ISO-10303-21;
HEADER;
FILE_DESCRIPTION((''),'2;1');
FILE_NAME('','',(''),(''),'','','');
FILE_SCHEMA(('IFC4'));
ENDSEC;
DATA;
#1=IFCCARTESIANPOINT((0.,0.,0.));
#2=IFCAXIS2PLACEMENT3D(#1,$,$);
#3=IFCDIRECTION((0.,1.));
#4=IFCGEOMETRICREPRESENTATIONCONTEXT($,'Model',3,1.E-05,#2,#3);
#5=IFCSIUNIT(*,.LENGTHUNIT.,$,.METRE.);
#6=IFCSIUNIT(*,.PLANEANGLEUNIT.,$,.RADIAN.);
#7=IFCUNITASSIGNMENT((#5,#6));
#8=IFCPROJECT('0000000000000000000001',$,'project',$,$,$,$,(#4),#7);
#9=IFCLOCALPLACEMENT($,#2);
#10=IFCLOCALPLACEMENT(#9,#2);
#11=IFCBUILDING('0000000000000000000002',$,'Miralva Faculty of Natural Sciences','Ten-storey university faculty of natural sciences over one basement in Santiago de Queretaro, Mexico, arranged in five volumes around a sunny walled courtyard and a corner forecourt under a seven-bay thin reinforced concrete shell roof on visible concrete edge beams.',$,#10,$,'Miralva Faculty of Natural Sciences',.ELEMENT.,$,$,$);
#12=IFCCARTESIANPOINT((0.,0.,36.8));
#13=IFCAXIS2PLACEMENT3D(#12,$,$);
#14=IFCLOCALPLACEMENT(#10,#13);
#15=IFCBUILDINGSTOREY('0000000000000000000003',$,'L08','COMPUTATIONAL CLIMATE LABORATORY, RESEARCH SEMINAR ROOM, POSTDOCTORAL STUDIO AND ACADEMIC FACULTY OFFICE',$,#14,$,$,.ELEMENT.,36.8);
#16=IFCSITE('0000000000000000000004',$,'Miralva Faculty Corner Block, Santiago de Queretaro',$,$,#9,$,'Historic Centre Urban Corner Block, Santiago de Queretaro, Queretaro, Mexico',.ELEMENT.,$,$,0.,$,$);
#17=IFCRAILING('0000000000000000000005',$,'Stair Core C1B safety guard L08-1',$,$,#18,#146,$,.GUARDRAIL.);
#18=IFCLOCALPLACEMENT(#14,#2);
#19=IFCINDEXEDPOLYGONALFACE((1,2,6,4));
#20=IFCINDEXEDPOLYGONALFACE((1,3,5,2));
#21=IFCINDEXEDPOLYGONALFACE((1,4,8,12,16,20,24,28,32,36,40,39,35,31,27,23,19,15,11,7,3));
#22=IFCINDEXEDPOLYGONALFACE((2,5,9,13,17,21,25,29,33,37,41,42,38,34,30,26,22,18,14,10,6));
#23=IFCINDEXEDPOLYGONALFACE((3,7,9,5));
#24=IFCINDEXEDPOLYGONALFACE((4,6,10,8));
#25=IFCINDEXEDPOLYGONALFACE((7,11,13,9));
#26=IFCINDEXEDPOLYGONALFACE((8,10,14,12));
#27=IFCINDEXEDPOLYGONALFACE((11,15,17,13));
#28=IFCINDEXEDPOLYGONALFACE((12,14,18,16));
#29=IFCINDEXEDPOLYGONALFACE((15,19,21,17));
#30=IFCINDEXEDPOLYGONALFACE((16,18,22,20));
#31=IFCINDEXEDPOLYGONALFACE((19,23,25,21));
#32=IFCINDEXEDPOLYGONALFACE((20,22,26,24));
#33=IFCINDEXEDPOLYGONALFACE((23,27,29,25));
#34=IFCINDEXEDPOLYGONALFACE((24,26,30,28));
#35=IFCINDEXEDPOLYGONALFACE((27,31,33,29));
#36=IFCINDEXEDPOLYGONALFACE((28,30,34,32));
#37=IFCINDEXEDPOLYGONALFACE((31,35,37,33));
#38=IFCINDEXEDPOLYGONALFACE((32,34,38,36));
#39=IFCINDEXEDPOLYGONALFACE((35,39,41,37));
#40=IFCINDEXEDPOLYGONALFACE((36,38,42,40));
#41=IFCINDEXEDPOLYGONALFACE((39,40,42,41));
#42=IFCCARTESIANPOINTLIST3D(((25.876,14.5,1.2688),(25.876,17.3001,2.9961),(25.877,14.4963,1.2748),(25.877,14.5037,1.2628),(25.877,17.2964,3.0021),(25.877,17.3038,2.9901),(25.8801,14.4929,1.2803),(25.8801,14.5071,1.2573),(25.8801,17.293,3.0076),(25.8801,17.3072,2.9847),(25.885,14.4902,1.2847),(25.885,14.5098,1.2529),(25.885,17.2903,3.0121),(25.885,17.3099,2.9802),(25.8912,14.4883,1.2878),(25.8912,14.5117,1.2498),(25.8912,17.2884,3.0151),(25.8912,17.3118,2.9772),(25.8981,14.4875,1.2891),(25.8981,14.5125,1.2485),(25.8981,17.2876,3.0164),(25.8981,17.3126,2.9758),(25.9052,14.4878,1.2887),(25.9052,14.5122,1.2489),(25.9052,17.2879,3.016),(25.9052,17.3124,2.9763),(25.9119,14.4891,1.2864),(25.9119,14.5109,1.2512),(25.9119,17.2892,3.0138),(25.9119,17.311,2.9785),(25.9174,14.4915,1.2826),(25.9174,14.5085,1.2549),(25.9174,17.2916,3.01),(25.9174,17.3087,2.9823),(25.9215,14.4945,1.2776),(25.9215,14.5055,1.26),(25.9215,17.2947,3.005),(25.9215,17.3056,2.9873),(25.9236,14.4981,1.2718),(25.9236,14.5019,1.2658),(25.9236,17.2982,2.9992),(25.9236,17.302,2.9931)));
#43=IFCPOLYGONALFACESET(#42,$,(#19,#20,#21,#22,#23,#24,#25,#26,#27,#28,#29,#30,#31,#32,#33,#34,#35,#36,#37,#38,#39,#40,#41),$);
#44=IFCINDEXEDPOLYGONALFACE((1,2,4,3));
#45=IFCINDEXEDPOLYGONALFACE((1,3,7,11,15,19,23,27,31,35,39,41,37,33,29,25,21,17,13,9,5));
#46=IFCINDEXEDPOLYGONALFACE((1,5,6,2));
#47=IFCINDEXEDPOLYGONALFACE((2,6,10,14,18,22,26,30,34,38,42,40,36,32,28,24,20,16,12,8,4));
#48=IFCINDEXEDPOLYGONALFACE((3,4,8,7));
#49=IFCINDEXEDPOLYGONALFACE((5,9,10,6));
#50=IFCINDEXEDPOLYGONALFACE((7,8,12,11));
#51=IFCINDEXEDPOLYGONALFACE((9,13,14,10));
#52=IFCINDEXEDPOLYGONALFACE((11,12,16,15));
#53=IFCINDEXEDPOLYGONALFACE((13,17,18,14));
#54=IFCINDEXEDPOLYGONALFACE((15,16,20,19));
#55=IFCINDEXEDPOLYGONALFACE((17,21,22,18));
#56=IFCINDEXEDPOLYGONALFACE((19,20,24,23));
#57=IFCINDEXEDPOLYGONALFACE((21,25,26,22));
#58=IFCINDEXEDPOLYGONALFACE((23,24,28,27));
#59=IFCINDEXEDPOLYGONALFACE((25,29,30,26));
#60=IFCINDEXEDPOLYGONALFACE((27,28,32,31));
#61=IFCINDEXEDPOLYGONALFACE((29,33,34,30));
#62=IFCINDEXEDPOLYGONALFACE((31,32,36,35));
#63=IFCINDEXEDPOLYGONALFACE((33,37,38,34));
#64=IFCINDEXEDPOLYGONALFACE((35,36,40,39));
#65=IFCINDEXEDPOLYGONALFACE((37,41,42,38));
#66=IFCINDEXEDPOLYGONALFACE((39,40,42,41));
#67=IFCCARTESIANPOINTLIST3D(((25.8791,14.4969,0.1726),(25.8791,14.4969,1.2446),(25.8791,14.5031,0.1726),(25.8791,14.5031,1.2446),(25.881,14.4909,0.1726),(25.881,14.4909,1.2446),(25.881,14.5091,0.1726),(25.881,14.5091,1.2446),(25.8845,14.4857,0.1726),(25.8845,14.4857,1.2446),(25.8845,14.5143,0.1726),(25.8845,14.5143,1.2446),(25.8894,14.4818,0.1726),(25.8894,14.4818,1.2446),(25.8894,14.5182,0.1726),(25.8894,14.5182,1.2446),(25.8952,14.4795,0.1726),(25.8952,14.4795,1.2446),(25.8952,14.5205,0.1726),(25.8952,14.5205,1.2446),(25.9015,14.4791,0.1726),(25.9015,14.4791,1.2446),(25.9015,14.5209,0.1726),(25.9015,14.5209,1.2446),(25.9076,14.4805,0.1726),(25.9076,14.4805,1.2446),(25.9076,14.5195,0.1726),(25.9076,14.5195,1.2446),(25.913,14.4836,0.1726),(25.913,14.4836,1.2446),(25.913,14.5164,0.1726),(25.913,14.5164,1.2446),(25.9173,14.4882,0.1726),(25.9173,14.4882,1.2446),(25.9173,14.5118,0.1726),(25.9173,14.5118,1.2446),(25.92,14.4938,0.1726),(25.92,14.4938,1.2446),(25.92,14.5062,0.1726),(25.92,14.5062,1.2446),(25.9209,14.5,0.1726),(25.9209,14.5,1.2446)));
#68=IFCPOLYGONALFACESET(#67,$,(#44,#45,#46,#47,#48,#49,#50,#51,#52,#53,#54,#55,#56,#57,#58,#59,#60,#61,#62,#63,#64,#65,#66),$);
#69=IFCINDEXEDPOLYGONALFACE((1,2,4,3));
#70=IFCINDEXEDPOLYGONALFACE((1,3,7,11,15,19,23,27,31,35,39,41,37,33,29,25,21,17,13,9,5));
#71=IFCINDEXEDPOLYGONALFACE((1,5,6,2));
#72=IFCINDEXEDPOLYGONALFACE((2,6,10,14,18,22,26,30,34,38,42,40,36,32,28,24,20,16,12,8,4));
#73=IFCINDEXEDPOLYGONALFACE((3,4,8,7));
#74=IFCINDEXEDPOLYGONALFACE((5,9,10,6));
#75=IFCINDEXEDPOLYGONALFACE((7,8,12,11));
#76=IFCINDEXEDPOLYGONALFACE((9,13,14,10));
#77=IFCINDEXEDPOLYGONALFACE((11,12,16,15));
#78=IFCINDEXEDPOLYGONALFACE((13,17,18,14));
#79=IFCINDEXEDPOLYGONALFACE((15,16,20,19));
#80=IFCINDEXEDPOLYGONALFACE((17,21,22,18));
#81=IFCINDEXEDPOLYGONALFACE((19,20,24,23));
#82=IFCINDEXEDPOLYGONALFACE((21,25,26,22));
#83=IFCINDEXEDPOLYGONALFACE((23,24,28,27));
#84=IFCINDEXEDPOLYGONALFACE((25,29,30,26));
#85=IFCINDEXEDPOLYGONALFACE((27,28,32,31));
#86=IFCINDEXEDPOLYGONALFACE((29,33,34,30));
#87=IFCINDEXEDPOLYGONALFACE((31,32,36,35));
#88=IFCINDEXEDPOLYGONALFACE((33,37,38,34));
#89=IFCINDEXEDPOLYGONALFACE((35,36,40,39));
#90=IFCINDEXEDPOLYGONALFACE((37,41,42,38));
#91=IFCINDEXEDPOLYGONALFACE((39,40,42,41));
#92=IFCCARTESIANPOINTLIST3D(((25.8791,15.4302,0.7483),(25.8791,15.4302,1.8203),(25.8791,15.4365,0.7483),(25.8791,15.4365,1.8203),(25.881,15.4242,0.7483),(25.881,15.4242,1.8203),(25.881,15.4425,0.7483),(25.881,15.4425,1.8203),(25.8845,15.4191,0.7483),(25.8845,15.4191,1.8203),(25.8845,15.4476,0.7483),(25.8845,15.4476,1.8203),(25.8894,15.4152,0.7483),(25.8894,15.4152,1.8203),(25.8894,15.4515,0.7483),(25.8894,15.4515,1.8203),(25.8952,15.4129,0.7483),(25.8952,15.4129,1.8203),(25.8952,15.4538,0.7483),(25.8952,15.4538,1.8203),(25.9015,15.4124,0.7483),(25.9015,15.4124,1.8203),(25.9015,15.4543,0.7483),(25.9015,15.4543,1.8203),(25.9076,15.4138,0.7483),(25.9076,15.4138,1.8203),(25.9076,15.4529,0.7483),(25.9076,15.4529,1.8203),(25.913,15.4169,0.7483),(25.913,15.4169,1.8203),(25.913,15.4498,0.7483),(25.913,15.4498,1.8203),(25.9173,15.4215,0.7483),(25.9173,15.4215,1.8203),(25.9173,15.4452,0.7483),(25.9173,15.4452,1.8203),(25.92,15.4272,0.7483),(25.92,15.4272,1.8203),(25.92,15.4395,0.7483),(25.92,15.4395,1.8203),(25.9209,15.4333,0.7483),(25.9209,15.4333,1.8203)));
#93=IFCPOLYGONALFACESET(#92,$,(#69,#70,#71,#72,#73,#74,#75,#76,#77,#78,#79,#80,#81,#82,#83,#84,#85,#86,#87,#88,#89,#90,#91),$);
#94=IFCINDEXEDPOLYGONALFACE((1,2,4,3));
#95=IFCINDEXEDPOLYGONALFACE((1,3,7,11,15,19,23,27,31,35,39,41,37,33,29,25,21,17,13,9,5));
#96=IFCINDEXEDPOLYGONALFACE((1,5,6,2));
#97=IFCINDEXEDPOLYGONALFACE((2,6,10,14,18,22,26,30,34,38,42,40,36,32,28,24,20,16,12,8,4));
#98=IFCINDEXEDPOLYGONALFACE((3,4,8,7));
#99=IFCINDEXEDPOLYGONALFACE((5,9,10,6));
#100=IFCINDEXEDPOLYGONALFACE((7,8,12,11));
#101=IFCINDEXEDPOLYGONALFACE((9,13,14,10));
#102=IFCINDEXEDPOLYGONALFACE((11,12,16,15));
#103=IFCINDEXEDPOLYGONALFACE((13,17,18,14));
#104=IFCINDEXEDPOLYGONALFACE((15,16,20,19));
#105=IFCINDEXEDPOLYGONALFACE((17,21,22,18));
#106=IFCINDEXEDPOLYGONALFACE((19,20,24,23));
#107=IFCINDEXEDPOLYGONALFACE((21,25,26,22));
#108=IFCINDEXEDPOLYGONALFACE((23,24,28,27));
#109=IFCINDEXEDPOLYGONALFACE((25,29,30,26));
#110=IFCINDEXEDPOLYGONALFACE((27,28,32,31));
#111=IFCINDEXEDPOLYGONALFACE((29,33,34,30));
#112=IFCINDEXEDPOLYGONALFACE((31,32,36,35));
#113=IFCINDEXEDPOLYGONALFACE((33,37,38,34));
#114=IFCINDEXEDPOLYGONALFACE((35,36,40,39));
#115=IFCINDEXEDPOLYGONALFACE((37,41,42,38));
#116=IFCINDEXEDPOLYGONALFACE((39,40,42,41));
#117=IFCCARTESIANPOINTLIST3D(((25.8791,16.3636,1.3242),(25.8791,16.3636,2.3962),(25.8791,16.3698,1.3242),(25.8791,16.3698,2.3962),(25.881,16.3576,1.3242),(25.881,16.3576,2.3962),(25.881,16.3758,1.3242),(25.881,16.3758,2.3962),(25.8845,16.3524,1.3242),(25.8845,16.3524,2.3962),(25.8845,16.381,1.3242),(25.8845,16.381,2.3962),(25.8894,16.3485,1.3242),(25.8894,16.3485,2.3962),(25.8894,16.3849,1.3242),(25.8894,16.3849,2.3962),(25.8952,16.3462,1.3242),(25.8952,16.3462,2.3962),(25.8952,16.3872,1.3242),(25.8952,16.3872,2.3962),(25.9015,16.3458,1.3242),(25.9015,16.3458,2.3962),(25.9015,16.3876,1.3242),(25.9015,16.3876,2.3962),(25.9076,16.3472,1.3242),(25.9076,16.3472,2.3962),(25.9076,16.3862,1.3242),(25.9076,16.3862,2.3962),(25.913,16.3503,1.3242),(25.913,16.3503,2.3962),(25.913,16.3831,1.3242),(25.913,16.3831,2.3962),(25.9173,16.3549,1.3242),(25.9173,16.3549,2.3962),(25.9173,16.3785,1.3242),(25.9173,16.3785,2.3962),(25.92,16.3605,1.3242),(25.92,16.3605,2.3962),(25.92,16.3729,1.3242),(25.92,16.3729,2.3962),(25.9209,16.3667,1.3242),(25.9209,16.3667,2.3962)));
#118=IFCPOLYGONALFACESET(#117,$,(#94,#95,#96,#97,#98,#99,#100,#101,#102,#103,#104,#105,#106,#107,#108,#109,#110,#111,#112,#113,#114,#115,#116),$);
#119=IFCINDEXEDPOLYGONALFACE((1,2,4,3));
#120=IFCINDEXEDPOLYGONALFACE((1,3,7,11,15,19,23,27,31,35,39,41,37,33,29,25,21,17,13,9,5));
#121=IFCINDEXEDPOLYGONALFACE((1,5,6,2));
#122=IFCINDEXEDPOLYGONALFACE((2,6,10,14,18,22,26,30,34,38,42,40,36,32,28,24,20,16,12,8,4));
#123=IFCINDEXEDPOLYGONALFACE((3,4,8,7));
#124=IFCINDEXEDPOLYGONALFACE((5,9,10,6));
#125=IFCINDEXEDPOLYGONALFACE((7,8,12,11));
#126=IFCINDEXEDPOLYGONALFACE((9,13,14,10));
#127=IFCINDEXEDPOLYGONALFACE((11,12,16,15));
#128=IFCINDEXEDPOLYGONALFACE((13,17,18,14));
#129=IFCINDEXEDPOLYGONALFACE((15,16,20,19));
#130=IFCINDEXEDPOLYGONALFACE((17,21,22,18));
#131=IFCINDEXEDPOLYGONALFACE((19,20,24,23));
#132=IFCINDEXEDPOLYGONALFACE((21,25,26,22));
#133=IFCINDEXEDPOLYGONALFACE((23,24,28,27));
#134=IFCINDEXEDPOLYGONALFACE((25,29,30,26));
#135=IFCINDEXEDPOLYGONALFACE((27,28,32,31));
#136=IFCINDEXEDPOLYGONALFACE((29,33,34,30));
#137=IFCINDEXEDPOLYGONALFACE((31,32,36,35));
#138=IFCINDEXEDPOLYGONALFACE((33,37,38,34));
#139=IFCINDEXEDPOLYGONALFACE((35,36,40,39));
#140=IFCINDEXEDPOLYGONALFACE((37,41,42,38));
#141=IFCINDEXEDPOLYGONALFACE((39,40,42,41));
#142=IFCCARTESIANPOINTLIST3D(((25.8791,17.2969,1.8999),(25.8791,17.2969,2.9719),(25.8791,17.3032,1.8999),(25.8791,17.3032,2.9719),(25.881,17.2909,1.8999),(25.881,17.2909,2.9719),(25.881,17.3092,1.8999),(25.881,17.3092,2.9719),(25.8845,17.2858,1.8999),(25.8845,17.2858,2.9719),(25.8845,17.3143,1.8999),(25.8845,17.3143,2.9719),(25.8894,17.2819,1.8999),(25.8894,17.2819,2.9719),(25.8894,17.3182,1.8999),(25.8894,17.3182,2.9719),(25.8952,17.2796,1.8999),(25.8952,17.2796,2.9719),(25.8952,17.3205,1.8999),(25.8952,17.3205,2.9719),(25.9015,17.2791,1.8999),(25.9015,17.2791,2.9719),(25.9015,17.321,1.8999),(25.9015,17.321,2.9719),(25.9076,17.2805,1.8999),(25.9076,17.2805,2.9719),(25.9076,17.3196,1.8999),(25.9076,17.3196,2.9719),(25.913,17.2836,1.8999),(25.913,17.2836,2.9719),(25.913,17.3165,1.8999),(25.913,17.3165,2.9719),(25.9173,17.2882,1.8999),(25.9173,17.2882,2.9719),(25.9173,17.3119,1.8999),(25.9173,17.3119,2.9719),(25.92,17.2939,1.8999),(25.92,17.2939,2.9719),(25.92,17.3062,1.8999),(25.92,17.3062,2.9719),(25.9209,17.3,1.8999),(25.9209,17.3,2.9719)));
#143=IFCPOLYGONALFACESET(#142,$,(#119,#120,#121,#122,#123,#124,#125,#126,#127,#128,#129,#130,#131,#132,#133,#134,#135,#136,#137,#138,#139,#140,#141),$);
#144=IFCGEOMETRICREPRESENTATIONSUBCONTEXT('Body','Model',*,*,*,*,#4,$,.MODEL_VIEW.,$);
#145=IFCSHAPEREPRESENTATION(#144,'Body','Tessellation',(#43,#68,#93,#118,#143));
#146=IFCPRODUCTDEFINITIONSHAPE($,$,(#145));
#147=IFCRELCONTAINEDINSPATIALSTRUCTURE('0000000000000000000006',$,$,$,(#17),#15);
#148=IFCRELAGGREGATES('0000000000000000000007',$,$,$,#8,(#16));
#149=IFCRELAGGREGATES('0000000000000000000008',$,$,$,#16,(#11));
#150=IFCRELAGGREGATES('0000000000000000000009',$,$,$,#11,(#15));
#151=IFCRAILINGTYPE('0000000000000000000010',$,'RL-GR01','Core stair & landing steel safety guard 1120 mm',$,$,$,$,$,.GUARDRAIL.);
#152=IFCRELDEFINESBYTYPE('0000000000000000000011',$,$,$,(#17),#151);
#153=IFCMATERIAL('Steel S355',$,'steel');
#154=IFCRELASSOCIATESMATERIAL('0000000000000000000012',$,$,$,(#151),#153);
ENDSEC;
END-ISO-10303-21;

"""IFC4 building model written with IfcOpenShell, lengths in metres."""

from ifc_helpers import new_model, si_unit, direction, frame, origin, origin_2d, place, context, subcontext, project, spatial, circle, extrude, material, type_object, element, save


model = new_model("IFC4")

# Units and contexts
model_context = context("Model", 3, precision=1e-05, world=origin(), true_north=direction((0.0, 1.0)))
body_context = subcontext(model_context, "Body", "Model", "MODEL_VIEW")
ifc_project = project(units=[si_unit("LENGTHUNIT", "METRE"), si_unit("PLANEANGLEUNIT", "RADIAN")], contexts=[model_context])

# Site, building, storey
site_placement = place(None, origin())
site = spatial("IfcSite", under=ifc_project, at=site_placement, Name="Miralva Faculty Corner Block, Santiago de Queretaro", LongName="Historic Centre Urban Corner Block, Santiago de Queretaro, Queretaro, Mexico", CompositionType="ELEMENT", RefElevation=0.0)
building_placement = place(site_placement, origin())
building = spatial("IfcBuilding", under=site, at=building_placement, Name="Miralva Faculty of Natural Sciences", Description="Ten-storey university faculty of natural sciences over one basement in Santiago de Queretaro, Mexico, arranged in five volumes around a sunny walled courtyard and a corner forecourt under a seven-bay thin reinforced concrete shell roof on visible concrete edge beams.", LongName="Miralva Faculty of Natural Sciences", CompositionType="ELEMENT")
storey_placement = place(building_placement, frame((0.0, 0.0, 36.8)))
storey = spatial("IfcBuildingStorey", under=building, at=storey_placement, Name="L08", Description="COMPUTATIONAL CLIMATE LABORATORY, RESEARCH SEMINAR ROOM, POSTDOCTORAL STUDIO AND ACADEMIC FACULTY OFFICE", CompositionType="ELEMENT", Elevation=36.8)

# Railing
ifc_material_1 = material(Name="Steel S355", Category="steel")
railing_type_1 = type_object("IfcRailingType", Name="RL-GR01", Description="Core stair & landing steel safety guard 1120 mm", PredefinedType="GUARDRAIL", material=ifc_material_1)
railing_1_placement = place(storey_placement, frame((25.8999, 14.5, 0.1726)))
element("IfcRailing", 1, at=railing_1_placement, inside=storey, type_object=railing_type_1, Name="Stair Core C1B safety guard L08-1", PredefinedType="GUARDRAIL", context=body_context, shape_type="SweptSolid", body=[
    extrude(circle(Radius=0.0239, at=origin_2d()), frame((0.0, 0.0, 1.0962), z_axis=(0.0, 0.85109, 0.52502), x_axis=(-1.0, 0.0, 0.0)), (0.0, 0.0, 1.0), 3.29),
    extrude(circle(Radius=0.021, at=origin_2d()), origin(), (0.0, 0.0, 1.0), 1.072),
    extrude(circle(Radius=0.021, at=origin_2d()), frame((0.0, 0.9333, 0.5757)), (0.0, 0.0, 1.0), 1.072),
    extrude(circle(Radius=0.021, at=origin_2d()), frame((0.0, 1.8667, 1.1516)), (0.0, 0.0, 1.0), 1.072),
    extrude(circle(Radius=0.021, at=origin_2d()), frame((0.0, 2.8, 1.7273)), (0.0, 0.0, 1.0), 1.072),
])

save(model, "model.ifc")
